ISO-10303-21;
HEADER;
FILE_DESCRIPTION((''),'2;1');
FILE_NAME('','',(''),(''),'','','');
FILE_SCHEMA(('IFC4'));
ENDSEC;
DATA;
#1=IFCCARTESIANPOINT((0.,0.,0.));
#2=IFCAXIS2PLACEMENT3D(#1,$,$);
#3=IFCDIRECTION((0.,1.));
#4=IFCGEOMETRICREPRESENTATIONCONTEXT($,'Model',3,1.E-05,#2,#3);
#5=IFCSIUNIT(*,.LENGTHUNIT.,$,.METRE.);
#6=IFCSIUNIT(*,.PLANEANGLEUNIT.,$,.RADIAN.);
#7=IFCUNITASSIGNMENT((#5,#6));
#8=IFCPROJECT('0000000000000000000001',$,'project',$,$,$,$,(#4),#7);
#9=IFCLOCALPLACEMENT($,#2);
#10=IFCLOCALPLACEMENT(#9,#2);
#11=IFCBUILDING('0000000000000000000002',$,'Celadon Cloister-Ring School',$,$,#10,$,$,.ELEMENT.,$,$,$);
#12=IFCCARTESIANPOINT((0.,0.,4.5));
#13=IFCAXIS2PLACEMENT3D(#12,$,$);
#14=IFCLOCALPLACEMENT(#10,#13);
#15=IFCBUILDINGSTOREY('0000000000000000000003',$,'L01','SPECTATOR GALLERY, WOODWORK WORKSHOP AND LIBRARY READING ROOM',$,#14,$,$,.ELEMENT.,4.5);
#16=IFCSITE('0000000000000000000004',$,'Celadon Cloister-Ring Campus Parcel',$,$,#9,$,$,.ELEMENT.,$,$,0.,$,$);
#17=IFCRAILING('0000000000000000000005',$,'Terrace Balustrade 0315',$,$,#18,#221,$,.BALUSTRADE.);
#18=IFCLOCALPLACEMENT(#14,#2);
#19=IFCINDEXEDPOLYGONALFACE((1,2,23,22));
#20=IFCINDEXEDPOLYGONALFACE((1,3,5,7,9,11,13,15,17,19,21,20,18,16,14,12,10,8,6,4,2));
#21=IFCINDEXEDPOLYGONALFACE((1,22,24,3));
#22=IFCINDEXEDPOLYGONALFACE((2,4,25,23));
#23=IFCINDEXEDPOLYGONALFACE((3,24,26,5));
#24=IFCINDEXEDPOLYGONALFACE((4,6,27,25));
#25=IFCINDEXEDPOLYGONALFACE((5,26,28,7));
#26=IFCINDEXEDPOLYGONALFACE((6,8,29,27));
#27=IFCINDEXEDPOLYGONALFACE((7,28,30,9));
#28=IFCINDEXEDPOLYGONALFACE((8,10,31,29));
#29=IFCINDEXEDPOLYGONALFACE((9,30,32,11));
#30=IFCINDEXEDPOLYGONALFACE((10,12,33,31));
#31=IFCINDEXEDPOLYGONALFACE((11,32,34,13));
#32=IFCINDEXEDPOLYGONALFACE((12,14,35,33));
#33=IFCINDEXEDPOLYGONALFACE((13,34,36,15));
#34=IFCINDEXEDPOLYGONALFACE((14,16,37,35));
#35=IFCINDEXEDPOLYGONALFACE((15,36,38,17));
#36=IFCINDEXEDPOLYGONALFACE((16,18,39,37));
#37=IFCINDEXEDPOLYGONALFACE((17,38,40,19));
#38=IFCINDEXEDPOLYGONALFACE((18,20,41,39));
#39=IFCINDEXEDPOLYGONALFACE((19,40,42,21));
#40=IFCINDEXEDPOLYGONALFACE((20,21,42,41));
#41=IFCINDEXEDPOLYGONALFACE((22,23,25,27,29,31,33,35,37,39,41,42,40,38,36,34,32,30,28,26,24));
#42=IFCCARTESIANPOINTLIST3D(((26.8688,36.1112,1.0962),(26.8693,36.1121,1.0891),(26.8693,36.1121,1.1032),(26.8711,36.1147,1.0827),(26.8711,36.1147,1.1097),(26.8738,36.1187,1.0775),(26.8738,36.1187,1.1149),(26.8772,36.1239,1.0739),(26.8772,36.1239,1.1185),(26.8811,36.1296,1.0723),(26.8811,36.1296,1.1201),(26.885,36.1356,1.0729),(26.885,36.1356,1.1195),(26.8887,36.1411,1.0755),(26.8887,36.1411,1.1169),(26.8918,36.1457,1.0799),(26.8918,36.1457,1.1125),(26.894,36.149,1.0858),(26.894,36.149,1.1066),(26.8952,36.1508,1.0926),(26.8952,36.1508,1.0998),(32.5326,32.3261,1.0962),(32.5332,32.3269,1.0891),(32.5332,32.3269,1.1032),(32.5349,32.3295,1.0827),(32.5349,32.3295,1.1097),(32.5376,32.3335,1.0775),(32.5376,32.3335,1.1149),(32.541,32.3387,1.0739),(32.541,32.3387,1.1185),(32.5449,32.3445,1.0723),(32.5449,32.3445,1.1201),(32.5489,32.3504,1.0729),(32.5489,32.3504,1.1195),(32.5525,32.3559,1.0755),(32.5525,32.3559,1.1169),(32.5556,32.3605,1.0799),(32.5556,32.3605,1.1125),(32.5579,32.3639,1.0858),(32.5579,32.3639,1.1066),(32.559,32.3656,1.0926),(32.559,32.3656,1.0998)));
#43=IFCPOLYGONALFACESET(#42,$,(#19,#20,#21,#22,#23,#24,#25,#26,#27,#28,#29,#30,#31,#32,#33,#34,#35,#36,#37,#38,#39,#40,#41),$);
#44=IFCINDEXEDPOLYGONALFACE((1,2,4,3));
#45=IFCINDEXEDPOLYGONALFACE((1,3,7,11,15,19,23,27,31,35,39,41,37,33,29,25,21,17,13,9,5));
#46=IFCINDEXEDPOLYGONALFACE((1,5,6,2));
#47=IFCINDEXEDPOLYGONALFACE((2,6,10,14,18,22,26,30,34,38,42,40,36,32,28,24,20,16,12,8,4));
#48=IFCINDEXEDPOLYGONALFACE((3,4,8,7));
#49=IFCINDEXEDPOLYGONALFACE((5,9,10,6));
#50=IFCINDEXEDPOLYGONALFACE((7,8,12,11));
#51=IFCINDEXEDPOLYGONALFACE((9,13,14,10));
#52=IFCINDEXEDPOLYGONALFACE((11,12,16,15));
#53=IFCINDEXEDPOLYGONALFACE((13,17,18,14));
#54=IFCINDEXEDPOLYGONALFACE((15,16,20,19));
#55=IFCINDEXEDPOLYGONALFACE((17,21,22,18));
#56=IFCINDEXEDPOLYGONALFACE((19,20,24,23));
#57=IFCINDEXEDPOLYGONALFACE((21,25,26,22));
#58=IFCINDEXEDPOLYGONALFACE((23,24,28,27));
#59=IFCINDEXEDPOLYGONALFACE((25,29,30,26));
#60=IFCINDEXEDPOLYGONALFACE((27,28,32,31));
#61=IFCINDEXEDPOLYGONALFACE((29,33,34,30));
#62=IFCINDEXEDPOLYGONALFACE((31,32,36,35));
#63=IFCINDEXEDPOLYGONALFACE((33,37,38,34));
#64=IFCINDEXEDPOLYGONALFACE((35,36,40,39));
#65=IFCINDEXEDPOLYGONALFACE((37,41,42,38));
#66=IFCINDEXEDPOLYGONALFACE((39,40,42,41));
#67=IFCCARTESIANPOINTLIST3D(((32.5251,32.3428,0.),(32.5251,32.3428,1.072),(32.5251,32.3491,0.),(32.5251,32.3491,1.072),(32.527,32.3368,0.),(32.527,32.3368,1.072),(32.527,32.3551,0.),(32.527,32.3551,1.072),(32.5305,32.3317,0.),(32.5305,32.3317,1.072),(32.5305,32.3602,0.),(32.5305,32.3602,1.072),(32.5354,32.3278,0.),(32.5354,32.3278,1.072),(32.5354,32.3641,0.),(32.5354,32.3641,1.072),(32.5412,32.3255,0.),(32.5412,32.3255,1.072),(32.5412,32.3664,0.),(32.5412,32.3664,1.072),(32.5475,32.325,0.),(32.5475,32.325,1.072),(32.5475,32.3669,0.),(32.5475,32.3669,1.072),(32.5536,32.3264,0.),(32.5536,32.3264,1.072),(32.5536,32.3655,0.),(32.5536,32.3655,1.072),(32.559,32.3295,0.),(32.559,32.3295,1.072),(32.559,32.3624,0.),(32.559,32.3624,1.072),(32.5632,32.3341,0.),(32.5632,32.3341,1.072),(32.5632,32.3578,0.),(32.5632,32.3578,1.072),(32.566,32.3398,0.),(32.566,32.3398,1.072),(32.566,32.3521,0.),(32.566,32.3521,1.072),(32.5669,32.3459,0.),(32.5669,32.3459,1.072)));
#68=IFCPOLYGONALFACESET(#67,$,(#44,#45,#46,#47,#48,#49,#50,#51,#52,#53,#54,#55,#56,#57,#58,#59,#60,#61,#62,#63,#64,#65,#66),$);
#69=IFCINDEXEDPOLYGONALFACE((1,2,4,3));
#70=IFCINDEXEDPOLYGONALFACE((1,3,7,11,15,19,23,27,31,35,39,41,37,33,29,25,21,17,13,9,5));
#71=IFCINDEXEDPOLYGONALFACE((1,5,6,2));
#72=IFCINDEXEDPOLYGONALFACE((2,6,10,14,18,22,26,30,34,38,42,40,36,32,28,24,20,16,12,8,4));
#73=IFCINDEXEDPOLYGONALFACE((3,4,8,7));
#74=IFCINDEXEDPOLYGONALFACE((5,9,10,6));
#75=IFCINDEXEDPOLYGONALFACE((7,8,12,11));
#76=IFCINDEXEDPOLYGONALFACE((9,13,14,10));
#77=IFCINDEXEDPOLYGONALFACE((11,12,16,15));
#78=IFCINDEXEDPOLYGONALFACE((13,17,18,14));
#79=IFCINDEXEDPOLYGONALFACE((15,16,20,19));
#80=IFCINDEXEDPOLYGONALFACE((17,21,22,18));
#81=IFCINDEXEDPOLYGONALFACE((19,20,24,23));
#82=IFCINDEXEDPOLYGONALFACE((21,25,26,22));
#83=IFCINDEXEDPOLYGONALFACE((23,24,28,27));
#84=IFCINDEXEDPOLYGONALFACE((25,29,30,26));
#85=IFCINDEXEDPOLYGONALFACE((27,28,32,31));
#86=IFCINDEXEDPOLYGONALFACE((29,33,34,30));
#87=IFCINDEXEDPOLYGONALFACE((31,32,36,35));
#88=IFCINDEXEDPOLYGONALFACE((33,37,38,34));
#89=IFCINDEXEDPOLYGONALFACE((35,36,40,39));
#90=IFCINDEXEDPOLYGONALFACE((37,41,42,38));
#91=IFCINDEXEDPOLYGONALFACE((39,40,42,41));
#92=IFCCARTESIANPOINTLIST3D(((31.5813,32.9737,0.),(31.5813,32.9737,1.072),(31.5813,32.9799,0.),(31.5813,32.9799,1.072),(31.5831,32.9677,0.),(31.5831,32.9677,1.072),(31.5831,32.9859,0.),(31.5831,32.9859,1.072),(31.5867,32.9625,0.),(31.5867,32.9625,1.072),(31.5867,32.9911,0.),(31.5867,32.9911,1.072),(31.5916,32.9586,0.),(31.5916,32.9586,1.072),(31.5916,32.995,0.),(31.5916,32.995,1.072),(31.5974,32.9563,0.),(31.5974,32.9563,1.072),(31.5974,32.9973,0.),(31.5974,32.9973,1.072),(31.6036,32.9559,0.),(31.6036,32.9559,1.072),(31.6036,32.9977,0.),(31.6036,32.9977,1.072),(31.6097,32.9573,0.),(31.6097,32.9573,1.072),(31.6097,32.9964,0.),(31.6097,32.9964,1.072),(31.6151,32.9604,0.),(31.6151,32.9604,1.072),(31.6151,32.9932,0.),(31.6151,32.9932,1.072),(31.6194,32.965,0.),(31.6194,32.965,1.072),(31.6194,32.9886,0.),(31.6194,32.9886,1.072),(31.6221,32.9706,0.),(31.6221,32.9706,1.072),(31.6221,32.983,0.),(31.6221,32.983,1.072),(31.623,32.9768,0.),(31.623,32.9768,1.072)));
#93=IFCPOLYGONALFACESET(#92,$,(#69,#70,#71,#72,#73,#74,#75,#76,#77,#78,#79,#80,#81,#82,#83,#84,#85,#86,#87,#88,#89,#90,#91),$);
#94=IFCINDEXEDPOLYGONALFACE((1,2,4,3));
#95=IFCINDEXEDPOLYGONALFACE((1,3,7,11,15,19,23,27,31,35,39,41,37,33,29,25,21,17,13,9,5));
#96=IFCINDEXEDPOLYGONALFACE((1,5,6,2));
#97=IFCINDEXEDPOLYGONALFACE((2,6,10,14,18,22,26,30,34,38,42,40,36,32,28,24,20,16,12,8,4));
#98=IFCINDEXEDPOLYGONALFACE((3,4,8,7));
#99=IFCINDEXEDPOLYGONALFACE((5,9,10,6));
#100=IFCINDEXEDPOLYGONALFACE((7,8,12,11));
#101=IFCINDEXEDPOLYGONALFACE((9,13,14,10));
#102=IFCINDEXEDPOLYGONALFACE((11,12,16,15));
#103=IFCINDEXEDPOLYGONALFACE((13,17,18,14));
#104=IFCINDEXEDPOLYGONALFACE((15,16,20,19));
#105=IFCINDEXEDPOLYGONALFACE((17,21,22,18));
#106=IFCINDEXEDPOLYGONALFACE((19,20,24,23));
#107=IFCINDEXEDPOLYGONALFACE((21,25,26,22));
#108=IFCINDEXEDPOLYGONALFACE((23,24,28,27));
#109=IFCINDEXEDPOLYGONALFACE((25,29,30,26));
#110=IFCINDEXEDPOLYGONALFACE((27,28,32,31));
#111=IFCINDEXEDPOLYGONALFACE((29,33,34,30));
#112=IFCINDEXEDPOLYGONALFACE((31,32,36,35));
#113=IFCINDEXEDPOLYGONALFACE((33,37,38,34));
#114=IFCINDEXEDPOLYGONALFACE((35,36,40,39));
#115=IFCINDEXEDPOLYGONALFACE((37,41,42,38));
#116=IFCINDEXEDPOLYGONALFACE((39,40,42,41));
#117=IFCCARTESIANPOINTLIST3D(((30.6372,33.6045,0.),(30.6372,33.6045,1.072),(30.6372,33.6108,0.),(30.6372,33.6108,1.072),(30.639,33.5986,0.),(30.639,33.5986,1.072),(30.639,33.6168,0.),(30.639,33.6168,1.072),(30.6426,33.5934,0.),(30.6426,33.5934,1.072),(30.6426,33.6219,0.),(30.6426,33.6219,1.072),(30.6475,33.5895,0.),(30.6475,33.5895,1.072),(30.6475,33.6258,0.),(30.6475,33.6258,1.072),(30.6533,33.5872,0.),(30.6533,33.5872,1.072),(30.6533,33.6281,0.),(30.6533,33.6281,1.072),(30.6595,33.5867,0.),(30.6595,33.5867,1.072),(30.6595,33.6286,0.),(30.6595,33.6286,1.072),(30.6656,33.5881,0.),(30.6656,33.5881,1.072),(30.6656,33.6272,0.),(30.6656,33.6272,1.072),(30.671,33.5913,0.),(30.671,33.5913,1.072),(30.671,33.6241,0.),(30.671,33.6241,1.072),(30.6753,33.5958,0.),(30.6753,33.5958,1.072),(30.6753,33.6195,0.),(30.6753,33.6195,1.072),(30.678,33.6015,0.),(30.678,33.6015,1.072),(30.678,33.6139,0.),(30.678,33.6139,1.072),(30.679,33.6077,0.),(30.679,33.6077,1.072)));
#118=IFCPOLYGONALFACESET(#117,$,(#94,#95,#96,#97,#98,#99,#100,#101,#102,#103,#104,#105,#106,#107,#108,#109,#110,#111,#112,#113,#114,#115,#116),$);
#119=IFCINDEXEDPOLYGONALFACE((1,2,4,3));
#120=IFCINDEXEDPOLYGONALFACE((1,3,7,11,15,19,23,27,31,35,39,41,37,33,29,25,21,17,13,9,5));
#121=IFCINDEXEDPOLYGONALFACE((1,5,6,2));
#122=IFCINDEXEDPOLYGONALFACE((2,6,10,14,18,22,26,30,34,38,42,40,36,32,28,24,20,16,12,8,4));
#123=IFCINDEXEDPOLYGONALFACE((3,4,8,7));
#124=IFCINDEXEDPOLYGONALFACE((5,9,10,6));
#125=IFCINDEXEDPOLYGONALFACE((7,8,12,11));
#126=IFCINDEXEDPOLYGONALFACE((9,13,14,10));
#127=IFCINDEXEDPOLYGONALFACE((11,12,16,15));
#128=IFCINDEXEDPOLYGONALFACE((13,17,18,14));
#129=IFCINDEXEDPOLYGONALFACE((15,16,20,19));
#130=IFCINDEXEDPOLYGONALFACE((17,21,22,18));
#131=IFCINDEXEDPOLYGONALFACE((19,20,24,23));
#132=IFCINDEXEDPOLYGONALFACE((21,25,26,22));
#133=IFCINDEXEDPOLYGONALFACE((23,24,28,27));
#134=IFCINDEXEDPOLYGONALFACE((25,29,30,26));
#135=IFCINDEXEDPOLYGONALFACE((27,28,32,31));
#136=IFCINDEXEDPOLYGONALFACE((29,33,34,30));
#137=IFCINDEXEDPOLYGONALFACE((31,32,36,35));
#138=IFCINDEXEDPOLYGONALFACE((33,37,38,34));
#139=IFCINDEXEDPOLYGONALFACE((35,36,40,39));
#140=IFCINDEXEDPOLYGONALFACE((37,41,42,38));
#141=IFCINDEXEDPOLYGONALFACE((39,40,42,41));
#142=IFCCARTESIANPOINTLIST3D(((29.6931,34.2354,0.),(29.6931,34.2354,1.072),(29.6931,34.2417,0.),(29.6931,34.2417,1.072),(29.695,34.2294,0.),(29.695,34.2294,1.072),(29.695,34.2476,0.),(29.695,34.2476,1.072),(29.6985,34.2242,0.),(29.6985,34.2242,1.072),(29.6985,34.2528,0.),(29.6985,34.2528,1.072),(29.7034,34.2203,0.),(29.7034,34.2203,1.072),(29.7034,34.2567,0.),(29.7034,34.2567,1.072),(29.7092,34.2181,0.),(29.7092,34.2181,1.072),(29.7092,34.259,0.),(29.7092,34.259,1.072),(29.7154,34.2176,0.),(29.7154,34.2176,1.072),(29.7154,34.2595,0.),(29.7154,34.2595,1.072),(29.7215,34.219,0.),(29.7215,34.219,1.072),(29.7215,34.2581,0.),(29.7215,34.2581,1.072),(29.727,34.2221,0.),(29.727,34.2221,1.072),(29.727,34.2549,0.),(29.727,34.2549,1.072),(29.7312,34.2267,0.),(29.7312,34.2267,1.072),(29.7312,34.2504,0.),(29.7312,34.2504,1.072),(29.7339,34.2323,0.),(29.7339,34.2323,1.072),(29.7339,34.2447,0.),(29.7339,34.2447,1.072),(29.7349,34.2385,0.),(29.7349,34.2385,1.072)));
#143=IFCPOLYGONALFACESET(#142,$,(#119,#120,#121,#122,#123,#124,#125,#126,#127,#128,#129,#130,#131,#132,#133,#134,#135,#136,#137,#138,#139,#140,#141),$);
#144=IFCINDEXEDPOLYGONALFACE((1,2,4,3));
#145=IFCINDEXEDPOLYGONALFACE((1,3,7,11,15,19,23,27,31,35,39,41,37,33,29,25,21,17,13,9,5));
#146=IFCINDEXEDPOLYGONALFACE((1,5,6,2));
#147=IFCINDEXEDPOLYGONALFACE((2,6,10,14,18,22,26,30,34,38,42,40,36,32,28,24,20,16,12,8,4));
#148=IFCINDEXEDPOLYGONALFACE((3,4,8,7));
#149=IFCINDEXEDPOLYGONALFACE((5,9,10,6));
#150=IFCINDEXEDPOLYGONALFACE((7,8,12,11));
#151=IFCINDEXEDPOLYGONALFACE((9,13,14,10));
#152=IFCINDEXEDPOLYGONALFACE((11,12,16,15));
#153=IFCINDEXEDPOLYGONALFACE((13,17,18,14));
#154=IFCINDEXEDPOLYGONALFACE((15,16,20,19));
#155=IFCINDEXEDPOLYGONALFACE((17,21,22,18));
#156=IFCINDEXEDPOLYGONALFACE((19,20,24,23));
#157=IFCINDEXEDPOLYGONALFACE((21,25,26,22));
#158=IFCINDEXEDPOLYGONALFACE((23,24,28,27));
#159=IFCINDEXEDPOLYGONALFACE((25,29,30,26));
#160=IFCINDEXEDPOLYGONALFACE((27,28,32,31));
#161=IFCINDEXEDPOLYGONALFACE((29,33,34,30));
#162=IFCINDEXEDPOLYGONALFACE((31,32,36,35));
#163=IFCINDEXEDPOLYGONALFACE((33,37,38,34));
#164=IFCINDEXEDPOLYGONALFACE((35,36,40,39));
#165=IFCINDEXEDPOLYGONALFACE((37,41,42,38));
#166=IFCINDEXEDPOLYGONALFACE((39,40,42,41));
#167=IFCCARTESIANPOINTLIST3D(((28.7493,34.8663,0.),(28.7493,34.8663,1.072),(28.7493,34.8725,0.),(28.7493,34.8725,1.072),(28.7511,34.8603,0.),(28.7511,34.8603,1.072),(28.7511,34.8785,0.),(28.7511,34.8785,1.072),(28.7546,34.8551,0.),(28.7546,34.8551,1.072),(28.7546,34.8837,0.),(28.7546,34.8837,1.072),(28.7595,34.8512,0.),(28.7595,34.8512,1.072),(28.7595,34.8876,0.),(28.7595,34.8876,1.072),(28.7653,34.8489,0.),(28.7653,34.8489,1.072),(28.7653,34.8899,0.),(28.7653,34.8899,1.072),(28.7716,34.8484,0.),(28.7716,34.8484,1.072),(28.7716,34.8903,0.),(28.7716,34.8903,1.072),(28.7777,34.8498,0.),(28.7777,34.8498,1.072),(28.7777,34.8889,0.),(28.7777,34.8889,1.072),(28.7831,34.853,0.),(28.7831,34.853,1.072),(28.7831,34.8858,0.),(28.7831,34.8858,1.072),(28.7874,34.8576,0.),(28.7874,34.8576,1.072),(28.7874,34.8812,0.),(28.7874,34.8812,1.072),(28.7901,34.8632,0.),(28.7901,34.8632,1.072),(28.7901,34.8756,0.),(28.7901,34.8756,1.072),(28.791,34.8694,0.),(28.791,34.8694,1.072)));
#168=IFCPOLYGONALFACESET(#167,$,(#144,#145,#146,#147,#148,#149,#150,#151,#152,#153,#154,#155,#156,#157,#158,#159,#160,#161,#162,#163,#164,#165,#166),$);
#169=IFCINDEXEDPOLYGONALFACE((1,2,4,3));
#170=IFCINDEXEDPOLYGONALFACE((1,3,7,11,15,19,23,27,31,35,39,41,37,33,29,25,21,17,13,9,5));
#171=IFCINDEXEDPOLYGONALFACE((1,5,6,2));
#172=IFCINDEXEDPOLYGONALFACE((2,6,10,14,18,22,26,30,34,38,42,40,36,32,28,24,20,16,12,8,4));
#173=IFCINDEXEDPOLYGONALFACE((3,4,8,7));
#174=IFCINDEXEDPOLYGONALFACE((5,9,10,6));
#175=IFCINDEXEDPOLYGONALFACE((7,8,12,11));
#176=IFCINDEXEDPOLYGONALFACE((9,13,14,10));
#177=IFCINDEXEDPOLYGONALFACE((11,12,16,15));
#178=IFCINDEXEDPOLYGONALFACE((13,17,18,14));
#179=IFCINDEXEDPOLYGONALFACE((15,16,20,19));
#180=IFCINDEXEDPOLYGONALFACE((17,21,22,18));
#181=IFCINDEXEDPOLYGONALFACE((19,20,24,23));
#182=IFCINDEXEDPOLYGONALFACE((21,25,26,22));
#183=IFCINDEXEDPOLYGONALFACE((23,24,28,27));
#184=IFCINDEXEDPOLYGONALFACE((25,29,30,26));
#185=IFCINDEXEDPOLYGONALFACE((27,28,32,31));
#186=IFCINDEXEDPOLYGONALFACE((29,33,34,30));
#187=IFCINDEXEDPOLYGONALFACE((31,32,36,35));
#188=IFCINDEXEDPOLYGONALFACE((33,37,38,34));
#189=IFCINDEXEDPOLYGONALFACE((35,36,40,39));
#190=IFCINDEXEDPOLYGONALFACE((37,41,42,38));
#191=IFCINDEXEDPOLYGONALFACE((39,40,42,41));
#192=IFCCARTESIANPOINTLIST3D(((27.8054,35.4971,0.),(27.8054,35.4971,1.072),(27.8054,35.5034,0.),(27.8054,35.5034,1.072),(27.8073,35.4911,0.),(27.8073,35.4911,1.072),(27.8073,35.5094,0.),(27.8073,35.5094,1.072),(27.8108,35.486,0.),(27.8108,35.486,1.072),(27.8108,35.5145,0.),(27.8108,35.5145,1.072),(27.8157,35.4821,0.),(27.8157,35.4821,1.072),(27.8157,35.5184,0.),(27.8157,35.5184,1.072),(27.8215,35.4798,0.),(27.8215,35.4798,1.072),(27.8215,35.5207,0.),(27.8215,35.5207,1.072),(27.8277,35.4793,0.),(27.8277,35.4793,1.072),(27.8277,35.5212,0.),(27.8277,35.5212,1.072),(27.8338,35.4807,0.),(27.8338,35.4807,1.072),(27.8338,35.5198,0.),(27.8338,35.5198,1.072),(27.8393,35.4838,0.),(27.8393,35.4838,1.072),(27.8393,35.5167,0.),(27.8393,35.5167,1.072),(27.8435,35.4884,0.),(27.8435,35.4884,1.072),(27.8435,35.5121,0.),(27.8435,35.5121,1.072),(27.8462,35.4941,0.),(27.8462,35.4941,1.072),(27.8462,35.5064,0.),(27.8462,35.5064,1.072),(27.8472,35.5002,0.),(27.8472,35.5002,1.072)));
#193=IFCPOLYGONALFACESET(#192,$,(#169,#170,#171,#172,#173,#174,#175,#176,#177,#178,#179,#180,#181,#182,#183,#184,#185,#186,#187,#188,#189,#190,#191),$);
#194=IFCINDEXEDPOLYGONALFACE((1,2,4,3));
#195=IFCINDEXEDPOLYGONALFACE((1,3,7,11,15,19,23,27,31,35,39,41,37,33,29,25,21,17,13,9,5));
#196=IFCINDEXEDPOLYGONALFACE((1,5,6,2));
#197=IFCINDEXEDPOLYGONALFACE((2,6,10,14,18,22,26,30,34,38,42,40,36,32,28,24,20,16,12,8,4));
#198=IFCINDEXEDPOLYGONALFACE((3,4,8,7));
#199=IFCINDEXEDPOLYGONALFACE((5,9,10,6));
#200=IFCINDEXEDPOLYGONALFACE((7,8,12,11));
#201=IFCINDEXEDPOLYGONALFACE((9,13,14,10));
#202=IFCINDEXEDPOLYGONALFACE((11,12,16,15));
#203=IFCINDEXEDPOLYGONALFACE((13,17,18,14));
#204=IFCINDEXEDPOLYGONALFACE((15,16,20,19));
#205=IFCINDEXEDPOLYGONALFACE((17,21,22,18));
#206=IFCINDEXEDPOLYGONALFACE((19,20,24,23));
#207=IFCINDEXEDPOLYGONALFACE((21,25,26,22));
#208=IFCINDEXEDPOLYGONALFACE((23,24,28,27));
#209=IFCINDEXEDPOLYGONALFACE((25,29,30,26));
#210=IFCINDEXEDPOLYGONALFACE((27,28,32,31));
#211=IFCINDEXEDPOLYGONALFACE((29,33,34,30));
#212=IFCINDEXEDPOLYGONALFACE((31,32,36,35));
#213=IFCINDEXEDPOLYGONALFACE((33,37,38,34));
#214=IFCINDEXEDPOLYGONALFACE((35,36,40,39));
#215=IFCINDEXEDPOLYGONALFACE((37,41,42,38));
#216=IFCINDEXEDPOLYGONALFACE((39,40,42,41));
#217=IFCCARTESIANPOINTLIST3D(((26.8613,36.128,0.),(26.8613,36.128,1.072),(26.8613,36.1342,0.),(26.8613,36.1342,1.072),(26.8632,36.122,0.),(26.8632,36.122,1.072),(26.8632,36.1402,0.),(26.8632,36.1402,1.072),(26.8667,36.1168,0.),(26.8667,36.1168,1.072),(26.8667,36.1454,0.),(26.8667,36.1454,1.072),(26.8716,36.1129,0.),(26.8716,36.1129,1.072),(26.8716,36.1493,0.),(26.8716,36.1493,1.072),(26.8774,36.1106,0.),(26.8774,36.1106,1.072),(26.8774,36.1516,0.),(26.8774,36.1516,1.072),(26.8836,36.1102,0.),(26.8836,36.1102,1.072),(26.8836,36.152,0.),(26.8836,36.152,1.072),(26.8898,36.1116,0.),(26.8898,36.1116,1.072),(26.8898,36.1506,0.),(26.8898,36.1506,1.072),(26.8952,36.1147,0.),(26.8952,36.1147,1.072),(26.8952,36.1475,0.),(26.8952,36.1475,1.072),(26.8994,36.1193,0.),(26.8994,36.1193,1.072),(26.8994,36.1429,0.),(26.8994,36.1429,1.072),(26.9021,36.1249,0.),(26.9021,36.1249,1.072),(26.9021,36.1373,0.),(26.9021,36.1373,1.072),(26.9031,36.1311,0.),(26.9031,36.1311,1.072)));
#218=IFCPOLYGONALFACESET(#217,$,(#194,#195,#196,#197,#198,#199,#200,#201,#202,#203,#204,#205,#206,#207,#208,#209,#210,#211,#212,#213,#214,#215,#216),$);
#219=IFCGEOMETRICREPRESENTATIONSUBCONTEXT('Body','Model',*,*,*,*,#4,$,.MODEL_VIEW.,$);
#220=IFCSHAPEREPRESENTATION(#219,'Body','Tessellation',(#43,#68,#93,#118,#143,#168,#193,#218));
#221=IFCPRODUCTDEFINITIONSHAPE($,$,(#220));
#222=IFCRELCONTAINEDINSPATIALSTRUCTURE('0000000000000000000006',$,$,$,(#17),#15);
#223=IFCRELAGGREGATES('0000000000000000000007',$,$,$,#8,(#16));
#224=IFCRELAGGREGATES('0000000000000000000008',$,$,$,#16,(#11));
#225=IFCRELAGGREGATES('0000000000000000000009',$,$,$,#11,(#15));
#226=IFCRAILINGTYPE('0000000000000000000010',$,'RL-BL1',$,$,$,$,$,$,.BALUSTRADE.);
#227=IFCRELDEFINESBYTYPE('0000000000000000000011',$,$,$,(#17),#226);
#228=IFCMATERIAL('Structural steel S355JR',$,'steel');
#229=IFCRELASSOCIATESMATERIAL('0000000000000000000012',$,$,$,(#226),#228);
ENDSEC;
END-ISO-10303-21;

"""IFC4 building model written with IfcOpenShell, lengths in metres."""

from ifc_helpers import new_model, si_unit, direction, frame, origin, origin_2d, place, context, subcontext, project, spatial, circle, extrude, material, type_object, element, save


model = new_model("IFC4")

# Units and contexts
model_context = context("Model", 3, precision=1e-05, world=origin(), true_north=direction((0.0, 1.0)))
body_context = subcontext(model_context, "Body", "Model", "MODEL_VIEW")
ifc_project = project(units=[si_unit("LENGTHUNIT", "METRE"), si_unit("PLANEANGLEUNIT", "RADIAN")], contexts=[model_context])

# Site, building, storey
site_placement = place(None, origin())
site = spatial("IfcSite", under=ifc_project, at=site_placement, Name="Celadon Cloister-Ring Campus Parcel", CompositionType="ELEMENT", RefElevation=0.0)
building_placement = place(site_placement, origin())
building = spatial("IfcBuilding", under=site, at=building_placement, Name="Celadon Cloister-Ring School", CompositionType="ELEMENT")
storey_placement = place(building_placement, frame((0.0, 0.0, 4.5)))
storey = spatial("IfcBuildingStorey", under=building, at=storey_placement, Name="L01", Description="SPECTATOR GALLERY, WOODWORK WORKSHOP AND LIBRARY READING ROOM", CompositionType="ELEMENT", Elevation=4.5)

# Railing
ifc_material_1 = material(Name="Structural steel S355JR", Category="steel")
railing_type_1 = type_object("IfcRailingType", Name="RL-BL1", PredefinedType="BALUSTRADE", material=ifc_material_1)
railing_1_placement = place(storey_placement, frame((32.5459, 32.3459, 0.0)))
element("IfcRailing", 1, at=railing_1_placement, inside=storey, type_object=railing_type_1, Name="Terrace Balustrade 0315", PredefinedType="BALUSTRADE", context=body_context, shape_type="SweptSolid", body=[
    extrude(circle(Radius=0.0239, at=origin_2d()), frame((0.0, 0.0, 1.0962), z_axis=(-0.831421, 0.555643, 0.0), x_axis=(-0.555643, -0.831421, 0.0)), (0.0, 0.0, 1.0), 6.8123),
    extrude(circle(Radius=0.021, at=origin_2d()), origin(), (0.0, 0.0, 1.0), 1.072),
    extrude(circle(Radius=0.021, at=origin_2d()), frame((-0.9438, 0.6309, 0.0)), (0.0, 0.0, 1.0), 1.072),
    extrude(circle(Radius=0.021, at=origin_2d()), frame((-1.8879, 1.2617, 0.0)), (0.0, 0.0, 1.0), 1.072),
    extrude(circle(Radius=0.021, at=origin_2d()), frame((-2.832, 1.8926, 0.0)), (0.0, 0.0, 1.0), 1.072),
    extrude(circle(Radius=0.021, at=origin_2d()), frame((-3.7759, 2.5234, 0.0)), (0.0, 0.0, 1.0), 1.072),
    extrude(circle(Radius=0.021, at=origin_2d()), frame((-4.7197, 3.1543, 0.0)), (0.0, 0.0, 1.0), 1.072),
    extrude(circle(Radius=0.021, at=origin_2d()), frame((-5.6638, 3.7852, 0.0)), (0.0, 0.0, 1.0), 1.072),
])

save(model, "model.ifc")
